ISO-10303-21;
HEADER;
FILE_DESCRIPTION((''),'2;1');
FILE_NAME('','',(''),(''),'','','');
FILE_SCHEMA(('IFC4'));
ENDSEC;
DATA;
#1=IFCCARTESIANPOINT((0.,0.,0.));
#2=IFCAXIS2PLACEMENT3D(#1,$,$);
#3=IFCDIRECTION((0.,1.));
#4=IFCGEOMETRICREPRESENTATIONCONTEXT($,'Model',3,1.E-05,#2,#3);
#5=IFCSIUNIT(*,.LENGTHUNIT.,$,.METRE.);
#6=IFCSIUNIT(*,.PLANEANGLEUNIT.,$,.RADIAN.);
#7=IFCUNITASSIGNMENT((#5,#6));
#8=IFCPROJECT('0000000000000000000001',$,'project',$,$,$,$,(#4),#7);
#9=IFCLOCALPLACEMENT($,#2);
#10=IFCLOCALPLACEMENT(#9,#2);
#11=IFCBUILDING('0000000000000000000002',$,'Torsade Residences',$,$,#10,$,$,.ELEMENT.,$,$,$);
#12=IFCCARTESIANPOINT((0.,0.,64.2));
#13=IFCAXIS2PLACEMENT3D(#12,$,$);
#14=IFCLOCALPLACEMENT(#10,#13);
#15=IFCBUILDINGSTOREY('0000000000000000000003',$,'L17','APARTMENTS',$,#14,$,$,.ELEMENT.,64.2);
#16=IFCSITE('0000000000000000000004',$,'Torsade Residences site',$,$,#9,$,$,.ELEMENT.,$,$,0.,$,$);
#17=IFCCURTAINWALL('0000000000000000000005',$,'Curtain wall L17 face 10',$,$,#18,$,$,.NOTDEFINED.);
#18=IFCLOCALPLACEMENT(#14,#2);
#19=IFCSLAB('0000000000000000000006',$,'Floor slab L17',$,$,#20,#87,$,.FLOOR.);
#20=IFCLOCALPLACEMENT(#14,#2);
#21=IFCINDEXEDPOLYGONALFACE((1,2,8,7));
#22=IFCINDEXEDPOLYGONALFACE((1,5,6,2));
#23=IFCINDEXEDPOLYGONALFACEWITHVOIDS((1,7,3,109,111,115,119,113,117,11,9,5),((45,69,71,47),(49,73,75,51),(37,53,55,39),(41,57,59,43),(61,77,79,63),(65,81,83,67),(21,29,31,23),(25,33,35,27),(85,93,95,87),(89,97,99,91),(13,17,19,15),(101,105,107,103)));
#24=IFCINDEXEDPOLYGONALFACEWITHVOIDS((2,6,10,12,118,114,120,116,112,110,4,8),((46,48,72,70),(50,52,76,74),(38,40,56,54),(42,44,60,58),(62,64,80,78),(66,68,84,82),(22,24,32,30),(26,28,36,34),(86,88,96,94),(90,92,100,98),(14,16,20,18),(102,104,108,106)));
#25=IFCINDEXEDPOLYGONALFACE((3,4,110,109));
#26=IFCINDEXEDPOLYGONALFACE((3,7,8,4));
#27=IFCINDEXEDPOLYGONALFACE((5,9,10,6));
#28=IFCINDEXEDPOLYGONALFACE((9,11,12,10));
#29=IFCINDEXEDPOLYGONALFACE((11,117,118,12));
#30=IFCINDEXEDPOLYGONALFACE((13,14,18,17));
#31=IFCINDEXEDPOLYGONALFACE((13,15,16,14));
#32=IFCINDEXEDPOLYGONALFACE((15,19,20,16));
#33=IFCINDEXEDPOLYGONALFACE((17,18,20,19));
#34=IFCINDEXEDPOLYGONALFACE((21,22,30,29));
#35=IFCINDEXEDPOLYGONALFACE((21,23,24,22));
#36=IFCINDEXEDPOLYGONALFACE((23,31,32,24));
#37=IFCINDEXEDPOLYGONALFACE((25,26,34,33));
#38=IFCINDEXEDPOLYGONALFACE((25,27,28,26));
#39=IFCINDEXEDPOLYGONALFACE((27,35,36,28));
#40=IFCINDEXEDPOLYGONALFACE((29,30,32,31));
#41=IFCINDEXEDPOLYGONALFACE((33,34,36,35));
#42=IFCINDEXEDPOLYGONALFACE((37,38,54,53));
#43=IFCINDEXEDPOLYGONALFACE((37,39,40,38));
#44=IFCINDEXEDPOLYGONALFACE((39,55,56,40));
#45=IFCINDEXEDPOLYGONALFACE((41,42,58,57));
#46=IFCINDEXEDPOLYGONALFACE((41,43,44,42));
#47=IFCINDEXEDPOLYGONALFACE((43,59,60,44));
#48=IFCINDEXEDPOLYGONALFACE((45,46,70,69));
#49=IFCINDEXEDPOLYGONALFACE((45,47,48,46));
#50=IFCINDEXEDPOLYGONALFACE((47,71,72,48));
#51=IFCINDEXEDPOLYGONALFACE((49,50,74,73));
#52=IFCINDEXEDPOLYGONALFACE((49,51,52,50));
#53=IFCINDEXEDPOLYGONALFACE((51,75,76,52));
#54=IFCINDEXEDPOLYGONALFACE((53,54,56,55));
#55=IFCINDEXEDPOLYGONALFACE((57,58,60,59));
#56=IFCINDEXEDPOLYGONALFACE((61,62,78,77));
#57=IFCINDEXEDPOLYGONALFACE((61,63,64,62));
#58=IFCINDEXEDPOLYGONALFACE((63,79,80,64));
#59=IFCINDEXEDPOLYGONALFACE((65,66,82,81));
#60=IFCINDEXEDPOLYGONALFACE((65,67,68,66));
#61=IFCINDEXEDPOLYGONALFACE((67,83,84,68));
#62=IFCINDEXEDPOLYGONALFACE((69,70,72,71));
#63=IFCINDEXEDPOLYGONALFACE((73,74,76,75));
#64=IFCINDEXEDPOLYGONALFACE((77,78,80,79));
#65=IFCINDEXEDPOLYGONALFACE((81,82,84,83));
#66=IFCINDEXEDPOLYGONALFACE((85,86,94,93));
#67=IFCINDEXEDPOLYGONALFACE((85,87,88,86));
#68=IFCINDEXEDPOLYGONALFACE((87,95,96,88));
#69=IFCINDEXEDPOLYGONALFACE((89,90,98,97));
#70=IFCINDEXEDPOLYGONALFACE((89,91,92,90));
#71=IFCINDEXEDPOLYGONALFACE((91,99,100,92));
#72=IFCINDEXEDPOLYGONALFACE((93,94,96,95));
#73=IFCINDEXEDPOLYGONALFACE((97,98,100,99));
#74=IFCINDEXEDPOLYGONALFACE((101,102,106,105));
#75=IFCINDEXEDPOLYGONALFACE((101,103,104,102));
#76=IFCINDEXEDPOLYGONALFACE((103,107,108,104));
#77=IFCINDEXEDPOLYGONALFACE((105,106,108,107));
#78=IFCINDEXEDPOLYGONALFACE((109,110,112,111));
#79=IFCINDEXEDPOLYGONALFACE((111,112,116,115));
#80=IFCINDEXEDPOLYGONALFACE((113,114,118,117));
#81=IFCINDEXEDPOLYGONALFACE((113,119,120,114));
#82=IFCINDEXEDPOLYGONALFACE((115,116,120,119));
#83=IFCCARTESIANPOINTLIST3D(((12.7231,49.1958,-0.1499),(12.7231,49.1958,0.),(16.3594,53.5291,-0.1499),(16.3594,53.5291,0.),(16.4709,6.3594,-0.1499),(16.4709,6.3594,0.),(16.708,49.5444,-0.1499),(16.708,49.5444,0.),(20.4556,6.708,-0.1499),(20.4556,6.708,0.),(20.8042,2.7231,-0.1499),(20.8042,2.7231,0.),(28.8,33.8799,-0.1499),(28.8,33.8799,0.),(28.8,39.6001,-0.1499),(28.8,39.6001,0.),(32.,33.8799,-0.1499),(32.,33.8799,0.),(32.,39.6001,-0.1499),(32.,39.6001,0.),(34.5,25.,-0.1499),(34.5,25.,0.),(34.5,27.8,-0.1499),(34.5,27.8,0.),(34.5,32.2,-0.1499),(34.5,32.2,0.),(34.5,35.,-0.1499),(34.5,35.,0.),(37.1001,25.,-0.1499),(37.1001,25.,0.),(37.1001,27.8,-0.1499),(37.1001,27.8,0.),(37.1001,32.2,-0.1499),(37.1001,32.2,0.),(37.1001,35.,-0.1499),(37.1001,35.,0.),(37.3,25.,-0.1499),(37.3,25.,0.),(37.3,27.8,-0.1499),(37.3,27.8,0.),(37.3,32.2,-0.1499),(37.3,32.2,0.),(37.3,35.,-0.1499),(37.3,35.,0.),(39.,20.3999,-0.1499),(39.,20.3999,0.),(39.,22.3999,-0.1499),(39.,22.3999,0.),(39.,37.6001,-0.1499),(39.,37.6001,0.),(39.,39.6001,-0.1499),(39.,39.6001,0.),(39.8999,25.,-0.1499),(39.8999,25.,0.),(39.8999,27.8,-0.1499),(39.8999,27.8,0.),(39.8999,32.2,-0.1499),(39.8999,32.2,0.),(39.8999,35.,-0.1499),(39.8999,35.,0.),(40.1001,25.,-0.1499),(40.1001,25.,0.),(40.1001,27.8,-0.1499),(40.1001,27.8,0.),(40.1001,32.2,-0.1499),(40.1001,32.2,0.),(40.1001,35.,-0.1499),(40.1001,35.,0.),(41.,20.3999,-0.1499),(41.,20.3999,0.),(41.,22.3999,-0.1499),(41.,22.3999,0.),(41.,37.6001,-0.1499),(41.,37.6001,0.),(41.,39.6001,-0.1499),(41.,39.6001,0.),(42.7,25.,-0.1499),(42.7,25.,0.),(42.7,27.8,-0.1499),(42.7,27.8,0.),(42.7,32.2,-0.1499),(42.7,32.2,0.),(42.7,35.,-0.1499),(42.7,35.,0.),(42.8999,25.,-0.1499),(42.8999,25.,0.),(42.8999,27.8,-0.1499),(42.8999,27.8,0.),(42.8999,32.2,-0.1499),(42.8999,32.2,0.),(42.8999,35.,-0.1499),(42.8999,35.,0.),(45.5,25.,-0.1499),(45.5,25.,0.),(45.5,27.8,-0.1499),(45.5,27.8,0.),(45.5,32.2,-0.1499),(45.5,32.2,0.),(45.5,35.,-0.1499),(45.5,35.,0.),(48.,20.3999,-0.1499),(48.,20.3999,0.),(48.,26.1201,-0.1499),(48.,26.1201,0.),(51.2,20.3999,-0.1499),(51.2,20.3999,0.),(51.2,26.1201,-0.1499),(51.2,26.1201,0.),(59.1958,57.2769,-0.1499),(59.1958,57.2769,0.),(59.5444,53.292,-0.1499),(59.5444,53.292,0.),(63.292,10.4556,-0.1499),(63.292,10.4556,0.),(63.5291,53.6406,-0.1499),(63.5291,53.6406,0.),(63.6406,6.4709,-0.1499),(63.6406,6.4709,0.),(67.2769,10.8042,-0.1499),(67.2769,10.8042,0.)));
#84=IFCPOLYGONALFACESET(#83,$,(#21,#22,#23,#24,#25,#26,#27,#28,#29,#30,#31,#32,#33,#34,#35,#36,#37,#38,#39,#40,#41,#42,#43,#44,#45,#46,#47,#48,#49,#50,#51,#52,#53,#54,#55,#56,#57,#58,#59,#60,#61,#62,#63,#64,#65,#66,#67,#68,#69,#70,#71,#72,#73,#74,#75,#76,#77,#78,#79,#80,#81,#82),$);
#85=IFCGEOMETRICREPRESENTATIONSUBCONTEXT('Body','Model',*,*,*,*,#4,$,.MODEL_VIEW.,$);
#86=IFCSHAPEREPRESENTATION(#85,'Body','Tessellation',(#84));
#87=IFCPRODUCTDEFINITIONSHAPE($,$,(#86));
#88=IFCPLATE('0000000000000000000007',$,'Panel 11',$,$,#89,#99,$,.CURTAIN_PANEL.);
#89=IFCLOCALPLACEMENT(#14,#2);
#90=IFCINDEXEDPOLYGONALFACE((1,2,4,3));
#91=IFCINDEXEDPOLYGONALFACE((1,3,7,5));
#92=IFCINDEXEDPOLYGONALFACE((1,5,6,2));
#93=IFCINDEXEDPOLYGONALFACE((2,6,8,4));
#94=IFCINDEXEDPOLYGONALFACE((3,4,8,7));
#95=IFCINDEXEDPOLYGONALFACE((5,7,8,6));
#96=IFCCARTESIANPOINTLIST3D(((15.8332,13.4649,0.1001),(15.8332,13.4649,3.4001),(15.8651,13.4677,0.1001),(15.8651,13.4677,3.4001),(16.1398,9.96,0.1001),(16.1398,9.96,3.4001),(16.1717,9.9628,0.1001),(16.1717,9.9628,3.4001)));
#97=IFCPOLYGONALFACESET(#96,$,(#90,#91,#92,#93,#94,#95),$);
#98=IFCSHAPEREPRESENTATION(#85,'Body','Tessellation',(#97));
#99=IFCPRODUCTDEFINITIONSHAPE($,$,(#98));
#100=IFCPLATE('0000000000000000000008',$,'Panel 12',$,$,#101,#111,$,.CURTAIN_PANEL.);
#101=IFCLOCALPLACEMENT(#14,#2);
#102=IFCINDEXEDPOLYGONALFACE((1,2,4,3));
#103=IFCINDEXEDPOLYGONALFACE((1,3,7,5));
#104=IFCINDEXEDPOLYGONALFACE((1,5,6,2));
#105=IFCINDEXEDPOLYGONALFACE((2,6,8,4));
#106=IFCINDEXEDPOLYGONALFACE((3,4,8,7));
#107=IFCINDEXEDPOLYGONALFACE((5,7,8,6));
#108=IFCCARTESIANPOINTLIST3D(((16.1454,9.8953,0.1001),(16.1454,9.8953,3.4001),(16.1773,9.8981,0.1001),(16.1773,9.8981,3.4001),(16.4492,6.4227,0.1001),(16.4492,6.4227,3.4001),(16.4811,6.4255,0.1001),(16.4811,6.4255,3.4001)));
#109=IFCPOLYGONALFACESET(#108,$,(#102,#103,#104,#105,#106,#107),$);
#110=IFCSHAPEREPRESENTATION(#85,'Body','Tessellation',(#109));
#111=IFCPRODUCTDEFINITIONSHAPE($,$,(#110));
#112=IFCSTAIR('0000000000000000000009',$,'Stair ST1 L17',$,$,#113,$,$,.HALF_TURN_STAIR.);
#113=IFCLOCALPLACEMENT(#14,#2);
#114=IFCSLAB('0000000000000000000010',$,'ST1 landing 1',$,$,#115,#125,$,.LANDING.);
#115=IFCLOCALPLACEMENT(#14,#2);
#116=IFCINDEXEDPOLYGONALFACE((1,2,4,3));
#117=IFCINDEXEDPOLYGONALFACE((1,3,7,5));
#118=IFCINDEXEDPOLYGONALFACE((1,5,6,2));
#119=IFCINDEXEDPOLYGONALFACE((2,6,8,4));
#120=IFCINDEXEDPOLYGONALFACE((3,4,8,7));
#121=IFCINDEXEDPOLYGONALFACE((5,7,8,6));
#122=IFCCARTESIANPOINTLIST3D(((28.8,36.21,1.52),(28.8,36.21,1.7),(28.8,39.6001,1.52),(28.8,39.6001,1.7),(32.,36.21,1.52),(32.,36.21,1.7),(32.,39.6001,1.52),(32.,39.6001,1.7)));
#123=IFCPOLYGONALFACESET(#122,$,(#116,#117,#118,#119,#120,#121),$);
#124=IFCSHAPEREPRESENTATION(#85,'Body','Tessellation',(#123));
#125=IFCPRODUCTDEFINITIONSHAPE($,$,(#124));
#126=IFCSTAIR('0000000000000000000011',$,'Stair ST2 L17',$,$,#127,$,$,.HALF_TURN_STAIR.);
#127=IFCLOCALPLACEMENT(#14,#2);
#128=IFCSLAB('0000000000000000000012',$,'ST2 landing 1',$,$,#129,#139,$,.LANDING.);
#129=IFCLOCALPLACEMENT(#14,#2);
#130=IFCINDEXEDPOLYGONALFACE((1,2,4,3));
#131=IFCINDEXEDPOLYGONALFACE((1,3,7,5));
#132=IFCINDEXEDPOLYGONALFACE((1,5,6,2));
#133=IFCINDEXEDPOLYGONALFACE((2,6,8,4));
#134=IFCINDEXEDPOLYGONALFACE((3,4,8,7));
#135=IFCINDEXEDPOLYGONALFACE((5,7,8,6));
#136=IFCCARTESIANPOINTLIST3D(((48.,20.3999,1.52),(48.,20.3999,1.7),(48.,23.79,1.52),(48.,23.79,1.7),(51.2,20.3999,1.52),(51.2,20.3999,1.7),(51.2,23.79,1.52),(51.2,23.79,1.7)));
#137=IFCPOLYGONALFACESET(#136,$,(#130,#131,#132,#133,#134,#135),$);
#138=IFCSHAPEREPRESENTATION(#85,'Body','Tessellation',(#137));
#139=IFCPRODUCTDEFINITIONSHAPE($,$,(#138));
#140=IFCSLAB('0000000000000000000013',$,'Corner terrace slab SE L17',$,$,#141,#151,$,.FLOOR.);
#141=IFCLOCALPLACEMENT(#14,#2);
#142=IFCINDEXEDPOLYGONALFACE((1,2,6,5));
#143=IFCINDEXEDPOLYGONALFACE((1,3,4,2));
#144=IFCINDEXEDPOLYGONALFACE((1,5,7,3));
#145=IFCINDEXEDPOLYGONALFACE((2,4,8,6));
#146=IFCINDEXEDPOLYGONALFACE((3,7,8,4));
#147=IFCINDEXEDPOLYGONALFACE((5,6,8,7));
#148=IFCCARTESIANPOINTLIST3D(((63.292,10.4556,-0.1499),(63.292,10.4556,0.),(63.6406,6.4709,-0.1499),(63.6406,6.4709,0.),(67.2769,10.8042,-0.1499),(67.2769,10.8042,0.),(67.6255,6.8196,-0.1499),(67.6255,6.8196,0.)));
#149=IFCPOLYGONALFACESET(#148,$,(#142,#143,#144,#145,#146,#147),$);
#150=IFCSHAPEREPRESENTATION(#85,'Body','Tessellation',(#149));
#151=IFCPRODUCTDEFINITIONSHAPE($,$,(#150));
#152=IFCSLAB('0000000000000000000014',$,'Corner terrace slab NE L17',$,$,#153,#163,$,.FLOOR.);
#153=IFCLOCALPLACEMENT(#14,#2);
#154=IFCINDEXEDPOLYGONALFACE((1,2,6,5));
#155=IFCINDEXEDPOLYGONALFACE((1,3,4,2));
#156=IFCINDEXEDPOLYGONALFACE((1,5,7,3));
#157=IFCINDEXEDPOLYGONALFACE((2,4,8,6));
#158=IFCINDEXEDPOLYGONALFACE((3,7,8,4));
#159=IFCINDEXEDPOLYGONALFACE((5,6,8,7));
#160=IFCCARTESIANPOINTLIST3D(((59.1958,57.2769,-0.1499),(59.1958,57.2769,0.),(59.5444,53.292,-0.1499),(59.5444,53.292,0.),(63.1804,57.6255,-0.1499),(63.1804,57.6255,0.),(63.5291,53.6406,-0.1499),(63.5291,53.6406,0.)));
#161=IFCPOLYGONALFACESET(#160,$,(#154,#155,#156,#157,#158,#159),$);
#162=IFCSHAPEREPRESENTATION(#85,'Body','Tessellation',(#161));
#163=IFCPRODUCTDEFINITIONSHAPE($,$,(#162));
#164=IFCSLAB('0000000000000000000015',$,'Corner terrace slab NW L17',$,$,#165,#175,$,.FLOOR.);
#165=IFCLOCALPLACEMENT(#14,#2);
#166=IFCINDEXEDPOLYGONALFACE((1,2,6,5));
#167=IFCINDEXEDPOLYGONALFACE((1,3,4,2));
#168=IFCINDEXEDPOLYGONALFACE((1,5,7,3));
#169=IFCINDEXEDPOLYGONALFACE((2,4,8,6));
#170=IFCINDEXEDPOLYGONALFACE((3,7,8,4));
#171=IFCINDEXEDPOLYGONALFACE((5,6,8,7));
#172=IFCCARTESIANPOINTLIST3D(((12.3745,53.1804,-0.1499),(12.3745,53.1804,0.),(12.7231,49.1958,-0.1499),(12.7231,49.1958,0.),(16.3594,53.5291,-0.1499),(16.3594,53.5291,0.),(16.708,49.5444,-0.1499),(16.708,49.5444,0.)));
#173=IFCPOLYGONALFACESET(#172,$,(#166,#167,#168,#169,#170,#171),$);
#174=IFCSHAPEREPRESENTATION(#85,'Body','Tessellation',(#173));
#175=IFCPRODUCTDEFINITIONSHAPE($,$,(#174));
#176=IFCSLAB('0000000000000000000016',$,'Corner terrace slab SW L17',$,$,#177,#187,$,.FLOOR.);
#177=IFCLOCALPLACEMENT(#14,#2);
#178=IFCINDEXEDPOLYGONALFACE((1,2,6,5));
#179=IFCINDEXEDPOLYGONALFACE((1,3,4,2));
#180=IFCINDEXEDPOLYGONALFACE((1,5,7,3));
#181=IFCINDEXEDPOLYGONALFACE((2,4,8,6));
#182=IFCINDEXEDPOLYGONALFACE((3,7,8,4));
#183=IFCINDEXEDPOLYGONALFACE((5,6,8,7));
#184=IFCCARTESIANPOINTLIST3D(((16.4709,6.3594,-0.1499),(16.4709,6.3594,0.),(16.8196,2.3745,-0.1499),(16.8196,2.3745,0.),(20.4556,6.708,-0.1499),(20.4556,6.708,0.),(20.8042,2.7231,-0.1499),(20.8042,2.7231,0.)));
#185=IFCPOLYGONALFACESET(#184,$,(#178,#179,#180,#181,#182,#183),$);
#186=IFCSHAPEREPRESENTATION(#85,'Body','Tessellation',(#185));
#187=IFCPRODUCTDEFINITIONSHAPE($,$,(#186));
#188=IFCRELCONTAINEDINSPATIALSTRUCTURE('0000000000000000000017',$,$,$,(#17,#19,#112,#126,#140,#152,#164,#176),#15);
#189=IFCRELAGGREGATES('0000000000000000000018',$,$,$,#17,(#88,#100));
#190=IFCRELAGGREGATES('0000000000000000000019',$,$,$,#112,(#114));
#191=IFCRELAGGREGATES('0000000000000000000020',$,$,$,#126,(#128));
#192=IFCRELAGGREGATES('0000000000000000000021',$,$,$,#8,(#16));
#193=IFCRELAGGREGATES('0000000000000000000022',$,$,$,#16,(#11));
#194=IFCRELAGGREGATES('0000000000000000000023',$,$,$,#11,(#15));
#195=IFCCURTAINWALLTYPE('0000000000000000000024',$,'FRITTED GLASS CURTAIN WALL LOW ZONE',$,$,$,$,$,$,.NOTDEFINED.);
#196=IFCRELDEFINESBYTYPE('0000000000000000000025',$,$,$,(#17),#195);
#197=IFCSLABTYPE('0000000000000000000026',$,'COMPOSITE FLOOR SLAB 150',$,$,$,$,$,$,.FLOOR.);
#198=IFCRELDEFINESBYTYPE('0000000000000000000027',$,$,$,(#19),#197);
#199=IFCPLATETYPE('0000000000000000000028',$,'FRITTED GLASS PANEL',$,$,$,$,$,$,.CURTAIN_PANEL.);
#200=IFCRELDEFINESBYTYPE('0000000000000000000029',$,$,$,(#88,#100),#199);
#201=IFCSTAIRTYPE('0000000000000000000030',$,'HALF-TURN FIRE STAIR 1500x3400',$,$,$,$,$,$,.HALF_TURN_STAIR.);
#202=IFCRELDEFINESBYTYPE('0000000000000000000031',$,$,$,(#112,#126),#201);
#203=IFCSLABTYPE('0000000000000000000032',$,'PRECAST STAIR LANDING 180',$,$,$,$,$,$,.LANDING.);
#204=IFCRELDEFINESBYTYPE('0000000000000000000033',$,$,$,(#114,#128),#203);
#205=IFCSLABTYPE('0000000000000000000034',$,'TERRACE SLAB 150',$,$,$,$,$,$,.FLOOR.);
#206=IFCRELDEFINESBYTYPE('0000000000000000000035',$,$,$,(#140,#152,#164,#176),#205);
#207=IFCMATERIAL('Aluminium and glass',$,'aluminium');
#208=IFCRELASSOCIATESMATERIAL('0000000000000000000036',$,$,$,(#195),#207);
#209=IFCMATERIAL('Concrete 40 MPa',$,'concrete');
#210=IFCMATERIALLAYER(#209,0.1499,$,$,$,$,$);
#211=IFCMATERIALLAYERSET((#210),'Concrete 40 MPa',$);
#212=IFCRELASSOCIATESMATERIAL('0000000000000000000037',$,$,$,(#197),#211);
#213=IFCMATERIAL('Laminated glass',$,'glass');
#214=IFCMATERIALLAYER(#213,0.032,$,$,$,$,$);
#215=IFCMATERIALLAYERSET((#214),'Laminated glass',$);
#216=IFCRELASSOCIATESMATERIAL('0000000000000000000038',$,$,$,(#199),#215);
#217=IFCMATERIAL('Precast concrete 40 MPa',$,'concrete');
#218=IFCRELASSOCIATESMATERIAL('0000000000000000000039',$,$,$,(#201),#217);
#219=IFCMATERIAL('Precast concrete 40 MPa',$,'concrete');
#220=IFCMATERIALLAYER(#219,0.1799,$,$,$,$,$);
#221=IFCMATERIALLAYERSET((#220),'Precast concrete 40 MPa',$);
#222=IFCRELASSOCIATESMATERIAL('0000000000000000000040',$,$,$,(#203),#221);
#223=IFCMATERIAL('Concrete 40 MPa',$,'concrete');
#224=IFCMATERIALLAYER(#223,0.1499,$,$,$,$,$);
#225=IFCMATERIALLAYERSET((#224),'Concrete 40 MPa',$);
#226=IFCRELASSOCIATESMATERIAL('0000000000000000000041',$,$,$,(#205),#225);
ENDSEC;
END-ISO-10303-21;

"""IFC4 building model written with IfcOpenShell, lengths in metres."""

from ifc_helpers import new_model, si_unit, direction, frame, origin, origin_2d, place, context, subcontext, project, spatial, polyline, rectangle, outline, extrude, material, layer, layer_set, type_object, element, aggregate, save


model = new_model("IFC4")

# Units and contexts
model_context = context("Model", 3, precision=1e-05, world=origin(), true_north=direction((0.0, 1.0)))
body_context = subcontext(model_context, "Body", "Model", "MODEL_VIEW")
ifc_project = project(units=[si_unit("LENGTHUNIT", "METRE"), si_unit("PLANEANGLEUNIT", "RADIAN")], contexts=[model_context])

# Site, building, storey
site_placement = place(None, origin())
site = spatial("IfcSite", under=ifc_project, at=site_placement, Name="Torsade Residences site", CompositionType="ELEMENT", RefElevation=0.0)
building_placement = place(site_placement, origin())
building = spatial("IfcBuilding", under=site, at=building_placement, Name="Torsade Residences", CompositionType="ELEMENT")
storey_placement = place(building_placement, frame((0.0, 0.0, 64.2)))
storey = spatial("IfcBuildingStorey", under=building, at=storey_placement, Name="L17", Description="APARTMENTS", CompositionType="ELEMENT", Elevation=64.2)

# Shared definitions
ifc_material_1 = material(Name="Aluminium and glass", Category="aluminium")
curtain_wall_type = type_object("IfcCurtainWallType", Name="FRITTED GLASS CURTAIN WALL LOW ZONE", PredefinedType="NOTDEFINED", material=ifc_material_1)

# Curtain wall
curtain_wall_1_placement = place(storey_placement, origin())
curtain_wall_1 = element("IfcCurtainWall", 1, at=curtain_wall_1_placement, inside=storey, type_object=curtain_wall_type, Name="Curtain wall L17 face 10", PredefinedType="NOTDEFINED")

# Slab
ifc_material_2 = material(Name="Concrete 40 MPa", Category="concrete")
ifc_layer_1 = layer(ifc_material_2, 0.1499)
ifc_layer_set_1 = layer_set([ifc_layer_1], Name="Concrete 40 MPa")
slab_type_1 = type_object("IfcSlabType", Name="COMPOSITE FLOOR SLAB 150", PredefinedType="FLOOR", material=ifc_layer_set_1)
slab_1_placement = place(storey_placement, frame((0.0, 0.0, -0.1499)))
element("IfcSlab", 2, at=slab_1_placement, inside=storey, type_object=slab_type_1, Name="Floor slab L17", PredefinedType="FLOOR", context=body_context, shape_type="SweptSolid", body=[
    extrude(outline(polyline([(20.8042, 2.7231), (63.6406, 6.4709), (63.292, 10.4556), (67.2769, 10.8042), (63.5291, 53.6406), (59.5444, 53.292), (59.1958, 57.2769), (16.3594, 53.5291), (16.708, 49.5444), (12.7231, 49.1958), (16.4709, 6.3594), (20.4556, 6.708), (20.8042, 2.7231)]), holes=[polyline([(51.2, 20.3999), (51.2, 26.1201), (48.0, 26.1201), (48.0, 20.3999), (51.2, 20.3999)]), polyline([(45.5, 27.8), (42.8999, 27.8), (42.8999, 25.0), (45.5, 25.0), (45.5, 27.8)]), polyline([(45.5, 32.2), (45.5, 35.0), (42.8999, 35.0), (42.8999, 32.2), (45.5, 32.2)]), polyline([(42.7, 25.0), (42.7, 27.8), (40.1001, 27.8), (40.1001, 25.0), (42.7, 25.0)]), polyline([(42.7, 32.2), (42.7, 35.0), (40.1001, 35.0), (40.1001, 32.2), (42.7, 32.2)]), polyline([(41.0, 22.3999), (39.0, 22.3999), (39.0, 20.3999), (41.0, 20.3999), (41.0, 22.3999)]), polyline([(41.0, 37.6001), (41.0, 39.6001), (39.0, 39.6001), (39.0, 37.6001), (41.0, 37.6001)]), polyline([(39.8999, 25.0), (39.8999, 27.8), (37.3, 27.8), (37.3, 25.0), (39.8999, 25.0)]), polyline([(39.8999, 35.0), (37.3, 35.0), (37.3, 32.2), (39.8999, 32.2), (39.8999, 35.0)]), polyline([(37.1001, 27.8), (34.5, 27.8), (34.5, 25.0), (37.1001, 25.0), (37.1001, 27.8)]), polyline([(37.1001, 32.2), (37.1001, 35.0), (34.5, 35.0), (34.5, 32.2), (37.1001, 32.2)]), polyline([(32.0, 33.8799), (32.0, 39.6001), (28.8, 39.6001), (28.8, 33.8799), (32.0, 33.8799)])]), origin(), (0.0, 0.0, 1.0), 0.1499),
])

# Plates
ifc_material_3 = material(Name="Laminated glass", Category="glass")
ifc_layer_2 = layer(ifc_material_3, 0.032)
ifc_layer_set_2 = layer_set([ifc_layer_2], Name="Laminated glass")
plate_type = type_object("IfcPlateType", Name="FRITTED GLASS PANEL", PredefinedType="CURTAIN_PANEL", material=ifc_layer_set_2)
plate_1_placement = place(storey_placement, frame((16.0024, 11.7139, 0.1001), z_axis=(0.0, 0.0, 1.0), x_axis=(0.087156, -0.996195, 0.0)))
plate_1 = element("IfcPlate", 3, at=plate_1_placement, type_object=plate_type, Name="Panel 11", PredefinedType="CURTAIN_PANEL", context=body_context, shape_type="SweptSolid", body=[
    extrude(rectangle(XDim=3.5183, YDim=0.032, at=origin_2d()), origin(), (0.0, 0.0, 1.0), 3.3),
])
plate_2_placement = place(storey_placement, frame((16.3132, 8.1604, 0.1001), z_axis=(0.0, 0.0, 1.0), x_axis=(0.087156, -0.996195, 0.0)))
plate_2 = element("IfcPlate", 4, at=plate_2_placement, type_object=plate_type, Name="Panel 12", PredefinedType="CURTAIN_PANEL", context=body_context, shape_type="SweptSolid", body=[
    extrude(rectangle(XDim=3.4858, YDim=0.032, at=origin_2d()), origin(), (0.0, 0.0, 1.0), 3.3),
])
aggregate(curtain_wall_1, [plate_1, plate_2])

# Stairs, slabs
ifc_material_4 = material(Name="Precast concrete 40 MPa", Category="concrete")
stair_type = type_object("IfcStairType", Name="HALF-TURN FIRE STAIR 1500x3400", PredefinedType="HALF_TURN_STAIR", material=ifc_material_4)
stair_1_placement = place(storey_placement, origin())
stair_1 = element("IfcStair", 5, at=stair_1_placement, inside=storey, type_object=stair_type, Name="Stair ST1 L17", PredefinedType="HALF_TURN_STAIR")
ifc_material_5 = material(Name="Precast concrete 40 MPa", Category="concrete")
ifc_layer_3 = layer(ifc_material_5, 0.1799)
ifc_layer_set_3 = layer_set([ifc_layer_3], Name="Precast concrete 40 MPa")
slab_type_2 = type_object("IfcSlabType", Name="PRECAST STAIR LANDING 180", PredefinedType="LANDING", material=ifc_layer_set_3)
slab_2_placement = place(storey_placement, frame((0.0, 0.0, 1.52)))
slab_2 = element("IfcSlab", 6, at=slab_2_placement, type_object=slab_type_2, Name="ST1 landing 1", PredefinedType="LANDING", context=body_context, shape_type="SweptSolid", body=[
    extrude(outline(polyline([(28.8, 36.21), (32.0, 36.21), (32.0, 39.6001), (28.8, 39.6001), (28.8, 36.21)])), origin(), (0.0, 0.0, 1.0), 0.1799),
])
aggregate(stair_1, [slab_2])
stair_2_placement = place(storey_placement, origin())
stair_2 = element("IfcStair", 7, at=stair_2_placement, inside=storey, type_object=stair_type, Name="Stair ST2 L17", PredefinedType="HALF_TURN_STAIR")
slab_3_placement = place(storey_placement, frame((0.0, 0.0, 1.52)))
slab_3 = element("IfcSlab", 8, at=slab_3_placement, type_object=slab_type_2, Name="ST2 landing 1", PredefinedType="LANDING", context=body_context, shape_type="SweptSolid", body=[
    extrude(outline(polyline([(48.0, 20.3999), (51.2, 20.3999), (51.2, 23.79), (48.0, 23.79), (48.0, 20.3999)])), origin(), (0.0, 0.0, 1.0), 0.1799),
])
aggregate(stair_2, [slab_3])

# Slabs
ifc_material_6 = material(Name="Concrete 40 MPa", Category="concrete")
ifc_layer_4 = layer(ifc_material_6, 0.1499)
ifc_layer_set_4 = layer_set([ifc_layer_4], Name="Concrete 40 MPa")
slab_type_3 = type_object("IfcSlabType", Name="TERRACE SLAB 150", PredefinedType="FLOOR", material=ifc_layer_set_4)
slab_4_placement = place(storey_placement, frame((0.0, 0.0, -0.1499)))
element("IfcSlab", 9, at=slab_4_placement, inside=storey, type_object=slab_type_3, Name="Corner terrace slab SE L17", PredefinedType="FLOOR", context=body_context, shape_type="SweptSolid", body=[
    extrude(outline(polyline([(63.6406, 6.4709), (67.6255, 6.8196), (67.2769, 10.8042), (63.292, 10.4556), (63.6406, 6.4709)])), origin(), (0.0, 0.0, 1.0), 0.1499),
])
slab_5_placement = place(storey_placement, frame((0.0, 0.0, -0.1499)))
element("IfcSlab", 10, at=slab_5_placement, inside=storey, type_object=slab_type_3, Name="Corner terrace slab NE L17", PredefinedType="FLOOR", context=body_context, shape_type="SweptSolid", body=[
    extrude(outline(polyline([(59.5444, 53.292), (63.5291, 53.6406), (63.1804, 57.6255), (59.1958, 57.2769), (59.5444, 53.292)])), origin(), (0.0, 0.0, 1.0), 0.1499),
])
slab_6_placement = place(storey_placement, frame((0.0, 0.0, -0.1499)))
element("IfcSlab", 11, at=slab_6_placement, inside=storey, type_object=slab_type_3, Name="Corner terrace slab NW L17", PredefinedType="FLOOR", context=body_context, shape_type="SweptSolid", body=[
    extrude(outline(polyline([(12.7231, 49.1958), (16.708, 49.5444), (16.3594, 53.5291), (12.3745, 53.1804), (12.7231, 49.1958)])), origin(), (0.0, 0.0, 1.0), 0.1499),
])
slab_7_placement = place(storey_placement, frame((0.0, 0.0, -0.1499)))
element("IfcSlab", 12, at=slab_7_placement, inside=storey, type_object=slab_type_3, Name="Corner terrace slab SW L17", PredefinedType="FLOOR", context=body_context, shape_type="SweptSolid", body=[
    extrude(outline(polyline([(16.8196, 2.3745), (20.8042, 2.7231), (20.4556, 6.708), (16.4709, 6.3594), (16.8196, 2.3745)])), origin(), (0.0, 0.0, 1.0), 0.1499),
])

save(model, "model.ifc")
